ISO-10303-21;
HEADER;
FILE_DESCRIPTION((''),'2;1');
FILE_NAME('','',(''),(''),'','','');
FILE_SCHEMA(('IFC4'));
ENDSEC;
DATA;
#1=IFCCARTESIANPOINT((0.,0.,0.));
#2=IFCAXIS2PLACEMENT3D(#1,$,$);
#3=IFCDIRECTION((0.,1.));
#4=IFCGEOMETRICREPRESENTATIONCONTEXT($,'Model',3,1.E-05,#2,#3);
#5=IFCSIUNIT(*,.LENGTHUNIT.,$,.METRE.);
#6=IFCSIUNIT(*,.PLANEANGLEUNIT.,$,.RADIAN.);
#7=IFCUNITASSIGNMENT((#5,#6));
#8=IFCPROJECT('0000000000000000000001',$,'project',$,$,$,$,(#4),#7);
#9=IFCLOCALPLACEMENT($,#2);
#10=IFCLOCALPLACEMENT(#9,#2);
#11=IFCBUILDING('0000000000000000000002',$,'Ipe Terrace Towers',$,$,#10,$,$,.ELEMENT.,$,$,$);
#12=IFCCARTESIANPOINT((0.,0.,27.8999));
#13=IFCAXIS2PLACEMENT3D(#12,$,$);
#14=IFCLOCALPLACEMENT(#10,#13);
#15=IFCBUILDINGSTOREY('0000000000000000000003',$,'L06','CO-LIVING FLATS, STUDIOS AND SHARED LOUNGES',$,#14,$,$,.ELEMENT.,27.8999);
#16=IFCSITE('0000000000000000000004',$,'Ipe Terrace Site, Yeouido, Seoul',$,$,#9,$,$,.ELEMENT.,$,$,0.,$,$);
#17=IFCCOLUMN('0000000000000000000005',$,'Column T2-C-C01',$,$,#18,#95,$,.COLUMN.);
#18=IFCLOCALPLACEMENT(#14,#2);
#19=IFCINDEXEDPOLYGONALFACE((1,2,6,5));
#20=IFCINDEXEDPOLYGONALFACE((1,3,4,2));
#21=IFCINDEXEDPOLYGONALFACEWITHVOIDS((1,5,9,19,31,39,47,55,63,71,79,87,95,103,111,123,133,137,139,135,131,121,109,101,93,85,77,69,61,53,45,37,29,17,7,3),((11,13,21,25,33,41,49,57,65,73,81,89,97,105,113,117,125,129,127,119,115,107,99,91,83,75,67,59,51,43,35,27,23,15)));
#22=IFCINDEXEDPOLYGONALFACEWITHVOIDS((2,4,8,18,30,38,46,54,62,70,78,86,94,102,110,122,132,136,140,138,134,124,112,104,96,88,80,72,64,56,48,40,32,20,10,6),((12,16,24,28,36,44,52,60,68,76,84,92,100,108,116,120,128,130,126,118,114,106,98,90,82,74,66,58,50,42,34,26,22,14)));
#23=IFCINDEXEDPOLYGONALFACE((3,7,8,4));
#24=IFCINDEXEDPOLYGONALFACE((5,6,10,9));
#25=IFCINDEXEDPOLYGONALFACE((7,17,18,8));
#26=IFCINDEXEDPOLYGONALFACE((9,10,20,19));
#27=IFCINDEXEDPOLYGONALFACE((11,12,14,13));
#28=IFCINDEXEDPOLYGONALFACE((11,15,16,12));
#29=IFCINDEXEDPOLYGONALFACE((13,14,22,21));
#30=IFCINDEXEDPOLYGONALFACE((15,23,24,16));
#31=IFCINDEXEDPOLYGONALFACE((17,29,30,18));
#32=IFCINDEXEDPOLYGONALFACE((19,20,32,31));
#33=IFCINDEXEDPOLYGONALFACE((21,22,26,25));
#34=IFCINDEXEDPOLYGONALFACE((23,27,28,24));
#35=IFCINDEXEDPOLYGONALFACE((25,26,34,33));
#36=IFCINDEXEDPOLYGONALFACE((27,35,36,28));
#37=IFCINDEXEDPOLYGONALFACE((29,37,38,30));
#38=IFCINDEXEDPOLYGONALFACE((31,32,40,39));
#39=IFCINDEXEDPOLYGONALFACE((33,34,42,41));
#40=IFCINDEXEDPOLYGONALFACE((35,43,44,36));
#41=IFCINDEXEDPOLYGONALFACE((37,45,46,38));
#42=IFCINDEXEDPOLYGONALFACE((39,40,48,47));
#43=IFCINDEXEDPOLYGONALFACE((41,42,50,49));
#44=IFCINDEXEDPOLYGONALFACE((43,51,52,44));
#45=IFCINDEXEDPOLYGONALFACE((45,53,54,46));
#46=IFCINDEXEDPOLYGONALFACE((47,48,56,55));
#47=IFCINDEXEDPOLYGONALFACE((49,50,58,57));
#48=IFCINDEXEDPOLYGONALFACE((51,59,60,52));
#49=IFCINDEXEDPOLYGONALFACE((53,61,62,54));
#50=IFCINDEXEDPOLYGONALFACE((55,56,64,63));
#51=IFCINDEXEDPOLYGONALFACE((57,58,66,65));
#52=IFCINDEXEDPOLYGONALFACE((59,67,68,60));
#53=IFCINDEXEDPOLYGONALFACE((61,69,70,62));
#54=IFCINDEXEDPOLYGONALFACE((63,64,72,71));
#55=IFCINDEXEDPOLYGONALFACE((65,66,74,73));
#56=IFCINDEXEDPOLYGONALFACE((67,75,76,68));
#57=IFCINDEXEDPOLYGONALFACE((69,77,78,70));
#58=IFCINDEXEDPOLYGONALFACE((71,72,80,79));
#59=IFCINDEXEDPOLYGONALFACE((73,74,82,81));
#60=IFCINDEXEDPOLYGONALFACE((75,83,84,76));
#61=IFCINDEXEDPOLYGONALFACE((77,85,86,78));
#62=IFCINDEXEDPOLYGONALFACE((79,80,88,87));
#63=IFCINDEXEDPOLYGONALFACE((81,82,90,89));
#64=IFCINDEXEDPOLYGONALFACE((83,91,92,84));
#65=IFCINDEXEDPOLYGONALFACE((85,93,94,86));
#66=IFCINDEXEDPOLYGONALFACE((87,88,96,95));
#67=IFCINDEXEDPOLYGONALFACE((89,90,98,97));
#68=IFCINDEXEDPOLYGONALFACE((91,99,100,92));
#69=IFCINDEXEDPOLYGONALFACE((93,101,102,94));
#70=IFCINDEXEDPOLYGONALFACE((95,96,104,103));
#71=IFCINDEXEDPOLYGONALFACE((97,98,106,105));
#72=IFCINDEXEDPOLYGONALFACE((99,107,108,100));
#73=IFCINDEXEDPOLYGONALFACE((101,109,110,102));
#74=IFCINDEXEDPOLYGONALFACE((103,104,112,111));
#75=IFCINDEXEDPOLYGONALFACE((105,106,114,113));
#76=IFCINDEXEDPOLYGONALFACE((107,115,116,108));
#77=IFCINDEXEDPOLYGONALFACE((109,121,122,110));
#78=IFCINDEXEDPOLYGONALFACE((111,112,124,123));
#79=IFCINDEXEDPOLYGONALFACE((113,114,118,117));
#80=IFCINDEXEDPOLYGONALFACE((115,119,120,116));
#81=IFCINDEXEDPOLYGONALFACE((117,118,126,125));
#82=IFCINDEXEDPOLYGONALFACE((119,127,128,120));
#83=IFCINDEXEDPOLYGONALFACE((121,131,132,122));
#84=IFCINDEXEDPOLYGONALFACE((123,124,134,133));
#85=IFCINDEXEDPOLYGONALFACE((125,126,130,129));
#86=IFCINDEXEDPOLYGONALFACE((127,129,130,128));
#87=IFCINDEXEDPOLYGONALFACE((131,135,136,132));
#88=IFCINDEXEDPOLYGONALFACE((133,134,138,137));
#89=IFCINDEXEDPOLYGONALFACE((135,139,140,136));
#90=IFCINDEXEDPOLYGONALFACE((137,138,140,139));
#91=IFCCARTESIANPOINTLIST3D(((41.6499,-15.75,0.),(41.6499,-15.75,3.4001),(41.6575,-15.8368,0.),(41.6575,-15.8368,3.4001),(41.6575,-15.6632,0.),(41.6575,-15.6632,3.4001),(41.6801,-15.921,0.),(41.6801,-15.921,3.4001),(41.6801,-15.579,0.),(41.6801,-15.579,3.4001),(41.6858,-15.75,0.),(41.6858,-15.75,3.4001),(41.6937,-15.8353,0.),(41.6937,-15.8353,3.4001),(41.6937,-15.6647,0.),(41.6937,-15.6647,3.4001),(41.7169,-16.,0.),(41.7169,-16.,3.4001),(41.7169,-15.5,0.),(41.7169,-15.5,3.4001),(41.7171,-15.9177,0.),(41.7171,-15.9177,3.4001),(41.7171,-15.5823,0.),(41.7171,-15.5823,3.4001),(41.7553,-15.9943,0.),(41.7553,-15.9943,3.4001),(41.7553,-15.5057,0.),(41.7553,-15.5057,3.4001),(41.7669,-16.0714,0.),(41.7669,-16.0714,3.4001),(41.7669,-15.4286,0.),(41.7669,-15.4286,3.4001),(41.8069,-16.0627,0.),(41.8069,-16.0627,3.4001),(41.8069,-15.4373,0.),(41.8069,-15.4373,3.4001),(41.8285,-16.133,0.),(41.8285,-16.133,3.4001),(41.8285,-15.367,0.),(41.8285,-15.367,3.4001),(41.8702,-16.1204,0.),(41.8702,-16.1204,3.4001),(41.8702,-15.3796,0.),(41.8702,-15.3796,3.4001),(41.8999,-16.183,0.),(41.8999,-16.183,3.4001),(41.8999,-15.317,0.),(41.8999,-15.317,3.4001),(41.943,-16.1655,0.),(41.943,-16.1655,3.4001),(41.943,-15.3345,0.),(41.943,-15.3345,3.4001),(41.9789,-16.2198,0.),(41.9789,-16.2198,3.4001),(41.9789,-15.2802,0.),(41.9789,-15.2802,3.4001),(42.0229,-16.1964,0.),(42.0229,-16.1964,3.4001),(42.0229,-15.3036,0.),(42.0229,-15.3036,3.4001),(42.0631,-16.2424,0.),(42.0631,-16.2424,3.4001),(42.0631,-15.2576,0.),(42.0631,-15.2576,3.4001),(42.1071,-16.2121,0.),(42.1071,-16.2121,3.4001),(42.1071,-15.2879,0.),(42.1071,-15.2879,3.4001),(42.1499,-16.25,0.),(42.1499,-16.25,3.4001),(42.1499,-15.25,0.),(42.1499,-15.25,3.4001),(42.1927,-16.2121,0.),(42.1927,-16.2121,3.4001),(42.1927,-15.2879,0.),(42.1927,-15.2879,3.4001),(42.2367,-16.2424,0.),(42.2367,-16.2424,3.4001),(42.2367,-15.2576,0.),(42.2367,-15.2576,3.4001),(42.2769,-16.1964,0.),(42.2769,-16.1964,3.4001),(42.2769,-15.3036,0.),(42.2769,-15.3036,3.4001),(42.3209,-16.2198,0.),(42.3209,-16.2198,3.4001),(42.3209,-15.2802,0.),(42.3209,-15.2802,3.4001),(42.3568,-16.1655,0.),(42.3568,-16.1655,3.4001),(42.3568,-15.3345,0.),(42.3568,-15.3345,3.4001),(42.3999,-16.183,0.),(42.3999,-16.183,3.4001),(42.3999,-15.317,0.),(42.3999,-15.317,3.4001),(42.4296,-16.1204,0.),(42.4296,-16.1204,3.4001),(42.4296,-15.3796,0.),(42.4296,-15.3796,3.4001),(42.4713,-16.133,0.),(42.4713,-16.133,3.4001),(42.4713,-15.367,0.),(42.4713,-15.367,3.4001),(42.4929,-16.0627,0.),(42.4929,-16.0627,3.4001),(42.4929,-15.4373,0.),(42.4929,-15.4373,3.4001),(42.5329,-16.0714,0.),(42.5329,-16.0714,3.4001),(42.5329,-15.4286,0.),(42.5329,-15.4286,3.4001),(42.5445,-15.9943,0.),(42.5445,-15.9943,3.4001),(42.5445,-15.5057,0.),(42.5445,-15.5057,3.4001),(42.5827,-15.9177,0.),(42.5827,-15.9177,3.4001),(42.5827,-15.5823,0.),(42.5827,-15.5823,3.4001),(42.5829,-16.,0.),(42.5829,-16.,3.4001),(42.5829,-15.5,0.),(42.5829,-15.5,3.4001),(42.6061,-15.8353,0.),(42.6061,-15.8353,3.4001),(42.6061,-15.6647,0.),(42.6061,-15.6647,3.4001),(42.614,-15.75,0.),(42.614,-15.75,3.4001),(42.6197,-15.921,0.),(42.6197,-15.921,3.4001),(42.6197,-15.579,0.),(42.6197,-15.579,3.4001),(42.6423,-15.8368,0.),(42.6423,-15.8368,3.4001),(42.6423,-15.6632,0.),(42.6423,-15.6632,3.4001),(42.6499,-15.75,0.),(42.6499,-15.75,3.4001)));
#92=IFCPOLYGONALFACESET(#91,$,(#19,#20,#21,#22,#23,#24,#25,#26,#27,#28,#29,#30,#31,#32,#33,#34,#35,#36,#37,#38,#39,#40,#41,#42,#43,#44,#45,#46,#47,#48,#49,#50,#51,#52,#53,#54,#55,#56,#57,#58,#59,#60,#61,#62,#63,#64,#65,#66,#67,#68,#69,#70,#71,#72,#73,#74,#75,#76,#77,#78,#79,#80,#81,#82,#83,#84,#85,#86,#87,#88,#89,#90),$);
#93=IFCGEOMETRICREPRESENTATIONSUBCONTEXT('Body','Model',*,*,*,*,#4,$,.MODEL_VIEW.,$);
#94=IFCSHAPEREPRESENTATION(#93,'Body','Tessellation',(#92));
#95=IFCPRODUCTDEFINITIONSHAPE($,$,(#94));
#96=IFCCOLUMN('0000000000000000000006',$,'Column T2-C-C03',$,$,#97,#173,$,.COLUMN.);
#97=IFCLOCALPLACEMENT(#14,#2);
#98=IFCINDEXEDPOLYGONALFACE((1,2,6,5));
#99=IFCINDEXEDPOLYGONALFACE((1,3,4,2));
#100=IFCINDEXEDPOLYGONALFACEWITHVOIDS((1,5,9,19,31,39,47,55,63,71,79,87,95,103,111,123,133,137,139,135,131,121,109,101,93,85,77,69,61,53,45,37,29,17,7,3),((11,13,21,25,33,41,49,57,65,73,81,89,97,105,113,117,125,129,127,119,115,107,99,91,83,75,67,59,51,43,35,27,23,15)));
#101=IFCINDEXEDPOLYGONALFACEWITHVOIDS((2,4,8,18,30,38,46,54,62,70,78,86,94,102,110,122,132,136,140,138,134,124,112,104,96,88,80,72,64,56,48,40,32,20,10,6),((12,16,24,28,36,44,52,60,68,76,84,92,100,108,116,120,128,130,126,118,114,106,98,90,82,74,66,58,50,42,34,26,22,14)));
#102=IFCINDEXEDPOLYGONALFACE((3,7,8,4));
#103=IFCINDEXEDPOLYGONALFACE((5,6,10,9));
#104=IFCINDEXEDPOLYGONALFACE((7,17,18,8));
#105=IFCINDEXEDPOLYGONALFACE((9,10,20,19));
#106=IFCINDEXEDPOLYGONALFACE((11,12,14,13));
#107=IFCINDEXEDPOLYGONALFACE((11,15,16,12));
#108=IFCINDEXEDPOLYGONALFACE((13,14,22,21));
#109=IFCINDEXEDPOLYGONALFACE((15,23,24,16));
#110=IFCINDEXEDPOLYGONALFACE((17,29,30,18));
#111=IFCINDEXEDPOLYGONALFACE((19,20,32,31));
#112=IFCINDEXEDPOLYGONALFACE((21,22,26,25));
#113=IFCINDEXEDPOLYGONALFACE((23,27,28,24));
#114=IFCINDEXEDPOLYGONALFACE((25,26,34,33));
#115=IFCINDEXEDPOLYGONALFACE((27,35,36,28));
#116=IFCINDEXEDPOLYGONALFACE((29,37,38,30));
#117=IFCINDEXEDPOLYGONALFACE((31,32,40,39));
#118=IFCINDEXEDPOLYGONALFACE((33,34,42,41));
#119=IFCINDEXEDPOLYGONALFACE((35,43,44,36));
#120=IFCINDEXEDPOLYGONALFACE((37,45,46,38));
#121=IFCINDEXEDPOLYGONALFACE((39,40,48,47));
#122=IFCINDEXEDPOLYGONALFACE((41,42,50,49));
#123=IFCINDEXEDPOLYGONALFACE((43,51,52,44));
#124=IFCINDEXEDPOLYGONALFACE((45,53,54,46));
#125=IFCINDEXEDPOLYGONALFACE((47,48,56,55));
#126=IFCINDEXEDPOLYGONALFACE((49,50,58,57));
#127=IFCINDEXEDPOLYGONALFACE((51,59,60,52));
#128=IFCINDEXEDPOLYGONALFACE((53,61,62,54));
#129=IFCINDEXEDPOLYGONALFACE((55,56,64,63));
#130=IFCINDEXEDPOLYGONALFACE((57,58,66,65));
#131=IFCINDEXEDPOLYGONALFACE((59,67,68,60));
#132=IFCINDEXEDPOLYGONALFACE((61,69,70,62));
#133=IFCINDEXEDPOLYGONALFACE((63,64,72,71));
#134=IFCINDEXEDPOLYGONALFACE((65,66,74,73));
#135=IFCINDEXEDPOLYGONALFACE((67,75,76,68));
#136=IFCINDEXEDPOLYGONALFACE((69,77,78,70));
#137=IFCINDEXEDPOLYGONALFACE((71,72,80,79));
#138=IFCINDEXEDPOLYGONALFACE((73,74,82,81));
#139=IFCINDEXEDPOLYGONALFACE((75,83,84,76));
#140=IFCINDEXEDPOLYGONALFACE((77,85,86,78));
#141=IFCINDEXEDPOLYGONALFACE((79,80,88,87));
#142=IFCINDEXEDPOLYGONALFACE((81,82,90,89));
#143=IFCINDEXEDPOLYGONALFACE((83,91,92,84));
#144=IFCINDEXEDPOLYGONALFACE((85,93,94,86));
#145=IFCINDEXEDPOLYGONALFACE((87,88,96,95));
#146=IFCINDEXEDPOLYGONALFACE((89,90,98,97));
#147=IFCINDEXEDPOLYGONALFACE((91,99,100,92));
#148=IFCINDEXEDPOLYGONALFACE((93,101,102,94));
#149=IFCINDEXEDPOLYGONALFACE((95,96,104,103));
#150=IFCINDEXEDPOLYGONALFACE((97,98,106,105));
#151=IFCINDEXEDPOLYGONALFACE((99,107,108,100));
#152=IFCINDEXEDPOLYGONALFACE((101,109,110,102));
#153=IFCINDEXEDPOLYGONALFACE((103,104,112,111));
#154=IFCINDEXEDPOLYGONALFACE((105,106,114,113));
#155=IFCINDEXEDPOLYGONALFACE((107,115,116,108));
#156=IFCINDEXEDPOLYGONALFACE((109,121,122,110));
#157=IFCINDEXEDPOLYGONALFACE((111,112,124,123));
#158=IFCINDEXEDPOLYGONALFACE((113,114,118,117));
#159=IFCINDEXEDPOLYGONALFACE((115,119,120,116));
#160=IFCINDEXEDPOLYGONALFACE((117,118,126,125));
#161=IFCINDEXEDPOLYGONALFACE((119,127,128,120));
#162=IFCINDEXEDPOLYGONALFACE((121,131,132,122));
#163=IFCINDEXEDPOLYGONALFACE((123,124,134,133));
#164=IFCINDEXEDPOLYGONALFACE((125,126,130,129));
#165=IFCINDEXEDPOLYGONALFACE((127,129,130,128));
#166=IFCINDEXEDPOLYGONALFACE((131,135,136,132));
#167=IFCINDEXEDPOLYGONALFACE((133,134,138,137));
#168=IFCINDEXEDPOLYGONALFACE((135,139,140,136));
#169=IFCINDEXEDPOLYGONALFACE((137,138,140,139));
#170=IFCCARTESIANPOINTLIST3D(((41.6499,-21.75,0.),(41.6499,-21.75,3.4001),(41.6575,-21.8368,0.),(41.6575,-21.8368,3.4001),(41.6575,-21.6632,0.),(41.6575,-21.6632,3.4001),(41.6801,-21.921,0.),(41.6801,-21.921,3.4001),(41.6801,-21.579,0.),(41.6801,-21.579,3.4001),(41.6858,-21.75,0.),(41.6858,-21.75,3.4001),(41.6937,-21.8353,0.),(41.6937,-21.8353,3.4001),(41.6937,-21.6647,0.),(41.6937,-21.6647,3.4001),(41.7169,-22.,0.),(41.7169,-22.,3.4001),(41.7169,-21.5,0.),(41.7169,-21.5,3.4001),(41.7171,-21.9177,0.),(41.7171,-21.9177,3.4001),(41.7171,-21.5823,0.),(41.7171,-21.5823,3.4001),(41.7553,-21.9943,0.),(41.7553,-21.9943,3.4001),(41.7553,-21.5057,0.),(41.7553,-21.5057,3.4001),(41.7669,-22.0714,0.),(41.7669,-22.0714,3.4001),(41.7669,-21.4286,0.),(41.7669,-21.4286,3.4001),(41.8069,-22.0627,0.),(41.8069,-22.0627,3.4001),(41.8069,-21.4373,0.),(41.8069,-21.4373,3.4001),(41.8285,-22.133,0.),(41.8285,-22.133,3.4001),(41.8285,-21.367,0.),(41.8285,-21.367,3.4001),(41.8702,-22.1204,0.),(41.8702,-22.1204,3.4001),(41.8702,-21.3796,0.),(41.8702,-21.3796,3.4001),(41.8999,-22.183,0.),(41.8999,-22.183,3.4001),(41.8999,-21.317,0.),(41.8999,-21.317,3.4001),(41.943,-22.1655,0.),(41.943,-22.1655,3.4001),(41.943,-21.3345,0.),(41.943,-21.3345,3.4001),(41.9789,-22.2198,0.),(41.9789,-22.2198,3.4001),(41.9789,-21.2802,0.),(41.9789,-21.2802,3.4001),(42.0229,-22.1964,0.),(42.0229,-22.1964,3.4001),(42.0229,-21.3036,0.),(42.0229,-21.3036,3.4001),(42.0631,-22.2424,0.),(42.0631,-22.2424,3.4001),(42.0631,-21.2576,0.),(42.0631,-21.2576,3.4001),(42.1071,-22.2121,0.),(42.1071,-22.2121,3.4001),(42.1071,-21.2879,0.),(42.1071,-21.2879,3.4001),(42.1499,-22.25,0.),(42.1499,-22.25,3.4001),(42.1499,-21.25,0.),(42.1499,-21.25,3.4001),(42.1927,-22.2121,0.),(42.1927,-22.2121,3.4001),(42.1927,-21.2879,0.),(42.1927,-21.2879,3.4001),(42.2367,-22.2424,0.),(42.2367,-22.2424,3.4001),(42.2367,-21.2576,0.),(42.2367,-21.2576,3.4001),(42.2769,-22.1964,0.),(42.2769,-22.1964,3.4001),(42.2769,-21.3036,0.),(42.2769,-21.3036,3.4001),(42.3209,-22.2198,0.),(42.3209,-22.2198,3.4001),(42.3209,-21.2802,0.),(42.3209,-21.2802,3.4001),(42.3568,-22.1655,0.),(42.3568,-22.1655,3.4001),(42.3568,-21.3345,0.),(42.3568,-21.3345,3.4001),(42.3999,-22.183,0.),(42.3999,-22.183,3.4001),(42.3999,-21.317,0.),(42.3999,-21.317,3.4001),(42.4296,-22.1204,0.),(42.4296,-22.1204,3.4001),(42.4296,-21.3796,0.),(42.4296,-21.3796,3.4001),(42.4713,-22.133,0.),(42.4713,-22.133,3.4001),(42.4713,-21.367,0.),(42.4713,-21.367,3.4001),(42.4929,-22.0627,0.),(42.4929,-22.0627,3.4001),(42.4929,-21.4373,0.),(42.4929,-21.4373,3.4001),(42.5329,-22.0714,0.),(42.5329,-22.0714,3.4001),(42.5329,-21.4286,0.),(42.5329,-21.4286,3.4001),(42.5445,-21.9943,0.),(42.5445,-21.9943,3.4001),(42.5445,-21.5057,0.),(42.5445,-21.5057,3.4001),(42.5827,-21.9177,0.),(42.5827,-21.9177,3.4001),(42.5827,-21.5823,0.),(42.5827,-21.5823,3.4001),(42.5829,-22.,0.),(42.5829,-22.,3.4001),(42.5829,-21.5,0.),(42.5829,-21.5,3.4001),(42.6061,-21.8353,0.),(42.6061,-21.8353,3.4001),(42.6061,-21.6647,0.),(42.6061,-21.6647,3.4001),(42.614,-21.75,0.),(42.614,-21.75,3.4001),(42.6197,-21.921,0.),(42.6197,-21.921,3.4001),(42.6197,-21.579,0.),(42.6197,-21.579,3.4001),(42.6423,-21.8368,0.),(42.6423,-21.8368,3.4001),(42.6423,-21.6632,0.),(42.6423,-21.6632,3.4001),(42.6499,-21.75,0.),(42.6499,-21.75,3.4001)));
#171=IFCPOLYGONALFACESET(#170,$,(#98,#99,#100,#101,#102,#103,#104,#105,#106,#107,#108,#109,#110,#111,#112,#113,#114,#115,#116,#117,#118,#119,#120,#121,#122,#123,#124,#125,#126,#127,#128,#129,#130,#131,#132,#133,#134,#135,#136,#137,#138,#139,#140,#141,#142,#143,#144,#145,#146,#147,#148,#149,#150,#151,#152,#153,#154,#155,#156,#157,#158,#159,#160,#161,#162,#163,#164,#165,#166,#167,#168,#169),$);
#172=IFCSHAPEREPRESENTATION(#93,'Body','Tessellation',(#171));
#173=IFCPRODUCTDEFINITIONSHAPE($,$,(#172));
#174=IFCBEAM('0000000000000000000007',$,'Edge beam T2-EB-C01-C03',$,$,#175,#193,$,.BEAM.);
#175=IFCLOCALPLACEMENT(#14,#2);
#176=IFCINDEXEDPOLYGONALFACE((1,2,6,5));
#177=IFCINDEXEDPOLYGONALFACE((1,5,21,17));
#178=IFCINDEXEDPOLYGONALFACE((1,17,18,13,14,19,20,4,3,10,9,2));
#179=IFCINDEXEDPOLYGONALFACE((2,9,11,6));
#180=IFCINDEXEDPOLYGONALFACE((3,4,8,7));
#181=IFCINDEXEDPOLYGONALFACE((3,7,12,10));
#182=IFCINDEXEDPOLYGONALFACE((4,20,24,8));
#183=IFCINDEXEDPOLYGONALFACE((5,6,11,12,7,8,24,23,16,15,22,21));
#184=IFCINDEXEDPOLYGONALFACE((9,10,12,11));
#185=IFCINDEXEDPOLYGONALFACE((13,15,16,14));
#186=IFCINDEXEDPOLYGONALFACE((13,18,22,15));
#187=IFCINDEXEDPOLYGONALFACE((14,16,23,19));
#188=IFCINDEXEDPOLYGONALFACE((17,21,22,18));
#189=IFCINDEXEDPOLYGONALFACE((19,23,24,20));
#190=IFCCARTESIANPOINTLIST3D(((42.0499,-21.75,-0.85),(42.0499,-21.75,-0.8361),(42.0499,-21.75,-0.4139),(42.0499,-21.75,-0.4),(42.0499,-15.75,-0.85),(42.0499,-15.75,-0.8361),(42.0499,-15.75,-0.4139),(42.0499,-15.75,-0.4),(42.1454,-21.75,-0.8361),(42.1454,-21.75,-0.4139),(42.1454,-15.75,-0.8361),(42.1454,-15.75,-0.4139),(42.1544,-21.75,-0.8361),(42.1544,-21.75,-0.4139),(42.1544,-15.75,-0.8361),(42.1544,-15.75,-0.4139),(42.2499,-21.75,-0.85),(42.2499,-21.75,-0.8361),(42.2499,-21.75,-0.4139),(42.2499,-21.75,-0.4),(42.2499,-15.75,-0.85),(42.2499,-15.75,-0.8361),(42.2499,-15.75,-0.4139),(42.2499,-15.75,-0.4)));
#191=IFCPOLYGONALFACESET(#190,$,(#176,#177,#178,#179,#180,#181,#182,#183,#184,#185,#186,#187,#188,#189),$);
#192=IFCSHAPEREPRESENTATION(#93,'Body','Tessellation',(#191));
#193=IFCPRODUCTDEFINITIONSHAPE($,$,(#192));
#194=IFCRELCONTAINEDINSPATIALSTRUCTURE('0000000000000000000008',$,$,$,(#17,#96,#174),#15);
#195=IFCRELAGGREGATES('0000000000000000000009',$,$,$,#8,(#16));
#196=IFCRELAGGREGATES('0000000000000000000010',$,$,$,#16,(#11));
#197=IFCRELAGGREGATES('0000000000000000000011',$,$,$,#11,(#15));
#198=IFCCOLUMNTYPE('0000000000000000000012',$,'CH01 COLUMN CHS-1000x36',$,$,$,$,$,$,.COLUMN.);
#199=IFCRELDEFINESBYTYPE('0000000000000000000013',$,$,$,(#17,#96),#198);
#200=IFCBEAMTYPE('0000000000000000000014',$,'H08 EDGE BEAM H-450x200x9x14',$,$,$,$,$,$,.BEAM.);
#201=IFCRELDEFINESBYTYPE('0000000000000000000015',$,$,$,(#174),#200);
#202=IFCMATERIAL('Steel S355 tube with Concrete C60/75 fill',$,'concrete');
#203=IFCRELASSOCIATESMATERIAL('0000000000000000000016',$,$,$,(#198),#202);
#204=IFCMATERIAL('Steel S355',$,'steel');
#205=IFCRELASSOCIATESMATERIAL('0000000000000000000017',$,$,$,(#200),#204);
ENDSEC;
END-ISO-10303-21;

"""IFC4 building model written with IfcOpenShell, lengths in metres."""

from ifc_helpers import new_model, si_unit, direction, frame, origin, origin_2d, place, context, subcontext, project, spatial, hollow_circle, i_section, extrude, material, material_profile, profile_set, type_object, element, save


model = new_model("IFC4")

# Units and contexts
model_context = context("Model", 3, precision=1e-05, world=origin(), true_north=direction((0.0, 1.0)))
body_context = subcontext(model_context, "Body", "Model", "MODEL_VIEW")
ifc_project = project(units=[si_unit("LENGTHUNIT", "METRE"), si_unit("PLANEANGLEUNIT", "RADIAN")], contexts=[model_context])

# Site, building, storey
site_placement = place(None, origin())
site = spatial("IfcSite", under=ifc_project, at=site_placement, Name="Ipe Terrace Site, Yeouido, Seoul", CompositionType="ELEMENT", RefElevation=0.0)
building_placement = place(site_placement, origin())
building = spatial("IfcBuilding", under=site, at=building_placement, Name="Ipe Terrace Towers", CompositionType="ELEMENT")
storey_placement = place(building_placement, frame((0.0, 0.0, 27.8999)))
storey = spatial("IfcBuildingStorey", under=building, at=storey_placement, Name="L06", Description="CO-LIVING FLATS, STUDIOS AND SHARED LOUNGES", CompositionType="ELEMENT", Elevation=27.8999)

# Columns
ifc_material_1 = material(Name="Steel S355 tube with Concrete C60/75 fill", Category="concrete")
ifc_material_profile_1 = material_profile(ifc_material_1, hollow_circle(Radius=0.5, WallThickness=0.0359, at=origin_2d()), Name="CHS-1000x36")
ifc_profile_set_1 = profile_set([ifc_material_profile_1], Name="Steel S355 tube with Concrete C60/75 fill")
column_type = type_object("IfcColumnType", Name="CH01 COLUMN CHS-1000x36", PredefinedType="COLUMN", material=ifc_profile_set_1)
for number, where, z_axis, x_axis, name in (
    (1, (42.1499, -15.75, 0.0), (0.0, 0.0, 1.0), (1.0, 0.0, 0.0), "Column T2-C-C01"),
    (2, (42.1499, -21.75, 0.0), (0.0, 0.0, 1.0), (1.0, 0.0, 0.0), "Column T2-C-C03"),
):
    element("IfcColumn", number, at=place(storey_placement, frame(where, z_axis=z_axis, x_axis=x_axis)), inside=storey, type_object=column_type, Name=name, PredefinedType="COLUMN", context=body_context, shape_type="SweptSolid", body=[
        extrude(hollow_circle(Radius=0.5, WallThickness=0.0359, at=origin_2d()), origin(), (0.0, 0.0, 1.0), 3.4001),
    ])

# Beam
ifc_material_2 = material(Name="Steel S355", Category="steel")
ifc_material_profile_2 = material_profile(ifc_material_2, i_section(OverallWidth=0.2, OverallDepth=0.45, WebThickness=0.009, FlangeThickness=0.0139, at=origin_2d()), Name="H-450x200x9x14")
ifc_profile_set_2 = profile_set([ifc_material_profile_2], Name="Steel S355")
beam_type = type_object("IfcBeamType", Name="H08 EDGE BEAM H-450x200x9x14", PredefinedType="BEAM", material=ifc_profile_set_2)
beam_placement = place(storey_placement, frame((42.1499, -15.75, -0.625), z_axis=(0.0, -1.0, 0.0), x_axis=(1.0, 0.0, 0.0)))
element("IfcBeam", 3, at=beam_placement, inside=storey, type_object=beam_type, Name="Edge beam T2-EB-C01-C03", PredefinedType="BEAM", context=body_context, shape_type="SweptSolid", body=[
    extrude(i_section(OverallWidth=0.2, OverallDepth=0.45, WebThickness=0.009, FlangeThickness=0.0139, at=origin_2d()), origin(), (0.0, 0.0, 1.0), 6.0),
])

save(model, "model.ifc")
